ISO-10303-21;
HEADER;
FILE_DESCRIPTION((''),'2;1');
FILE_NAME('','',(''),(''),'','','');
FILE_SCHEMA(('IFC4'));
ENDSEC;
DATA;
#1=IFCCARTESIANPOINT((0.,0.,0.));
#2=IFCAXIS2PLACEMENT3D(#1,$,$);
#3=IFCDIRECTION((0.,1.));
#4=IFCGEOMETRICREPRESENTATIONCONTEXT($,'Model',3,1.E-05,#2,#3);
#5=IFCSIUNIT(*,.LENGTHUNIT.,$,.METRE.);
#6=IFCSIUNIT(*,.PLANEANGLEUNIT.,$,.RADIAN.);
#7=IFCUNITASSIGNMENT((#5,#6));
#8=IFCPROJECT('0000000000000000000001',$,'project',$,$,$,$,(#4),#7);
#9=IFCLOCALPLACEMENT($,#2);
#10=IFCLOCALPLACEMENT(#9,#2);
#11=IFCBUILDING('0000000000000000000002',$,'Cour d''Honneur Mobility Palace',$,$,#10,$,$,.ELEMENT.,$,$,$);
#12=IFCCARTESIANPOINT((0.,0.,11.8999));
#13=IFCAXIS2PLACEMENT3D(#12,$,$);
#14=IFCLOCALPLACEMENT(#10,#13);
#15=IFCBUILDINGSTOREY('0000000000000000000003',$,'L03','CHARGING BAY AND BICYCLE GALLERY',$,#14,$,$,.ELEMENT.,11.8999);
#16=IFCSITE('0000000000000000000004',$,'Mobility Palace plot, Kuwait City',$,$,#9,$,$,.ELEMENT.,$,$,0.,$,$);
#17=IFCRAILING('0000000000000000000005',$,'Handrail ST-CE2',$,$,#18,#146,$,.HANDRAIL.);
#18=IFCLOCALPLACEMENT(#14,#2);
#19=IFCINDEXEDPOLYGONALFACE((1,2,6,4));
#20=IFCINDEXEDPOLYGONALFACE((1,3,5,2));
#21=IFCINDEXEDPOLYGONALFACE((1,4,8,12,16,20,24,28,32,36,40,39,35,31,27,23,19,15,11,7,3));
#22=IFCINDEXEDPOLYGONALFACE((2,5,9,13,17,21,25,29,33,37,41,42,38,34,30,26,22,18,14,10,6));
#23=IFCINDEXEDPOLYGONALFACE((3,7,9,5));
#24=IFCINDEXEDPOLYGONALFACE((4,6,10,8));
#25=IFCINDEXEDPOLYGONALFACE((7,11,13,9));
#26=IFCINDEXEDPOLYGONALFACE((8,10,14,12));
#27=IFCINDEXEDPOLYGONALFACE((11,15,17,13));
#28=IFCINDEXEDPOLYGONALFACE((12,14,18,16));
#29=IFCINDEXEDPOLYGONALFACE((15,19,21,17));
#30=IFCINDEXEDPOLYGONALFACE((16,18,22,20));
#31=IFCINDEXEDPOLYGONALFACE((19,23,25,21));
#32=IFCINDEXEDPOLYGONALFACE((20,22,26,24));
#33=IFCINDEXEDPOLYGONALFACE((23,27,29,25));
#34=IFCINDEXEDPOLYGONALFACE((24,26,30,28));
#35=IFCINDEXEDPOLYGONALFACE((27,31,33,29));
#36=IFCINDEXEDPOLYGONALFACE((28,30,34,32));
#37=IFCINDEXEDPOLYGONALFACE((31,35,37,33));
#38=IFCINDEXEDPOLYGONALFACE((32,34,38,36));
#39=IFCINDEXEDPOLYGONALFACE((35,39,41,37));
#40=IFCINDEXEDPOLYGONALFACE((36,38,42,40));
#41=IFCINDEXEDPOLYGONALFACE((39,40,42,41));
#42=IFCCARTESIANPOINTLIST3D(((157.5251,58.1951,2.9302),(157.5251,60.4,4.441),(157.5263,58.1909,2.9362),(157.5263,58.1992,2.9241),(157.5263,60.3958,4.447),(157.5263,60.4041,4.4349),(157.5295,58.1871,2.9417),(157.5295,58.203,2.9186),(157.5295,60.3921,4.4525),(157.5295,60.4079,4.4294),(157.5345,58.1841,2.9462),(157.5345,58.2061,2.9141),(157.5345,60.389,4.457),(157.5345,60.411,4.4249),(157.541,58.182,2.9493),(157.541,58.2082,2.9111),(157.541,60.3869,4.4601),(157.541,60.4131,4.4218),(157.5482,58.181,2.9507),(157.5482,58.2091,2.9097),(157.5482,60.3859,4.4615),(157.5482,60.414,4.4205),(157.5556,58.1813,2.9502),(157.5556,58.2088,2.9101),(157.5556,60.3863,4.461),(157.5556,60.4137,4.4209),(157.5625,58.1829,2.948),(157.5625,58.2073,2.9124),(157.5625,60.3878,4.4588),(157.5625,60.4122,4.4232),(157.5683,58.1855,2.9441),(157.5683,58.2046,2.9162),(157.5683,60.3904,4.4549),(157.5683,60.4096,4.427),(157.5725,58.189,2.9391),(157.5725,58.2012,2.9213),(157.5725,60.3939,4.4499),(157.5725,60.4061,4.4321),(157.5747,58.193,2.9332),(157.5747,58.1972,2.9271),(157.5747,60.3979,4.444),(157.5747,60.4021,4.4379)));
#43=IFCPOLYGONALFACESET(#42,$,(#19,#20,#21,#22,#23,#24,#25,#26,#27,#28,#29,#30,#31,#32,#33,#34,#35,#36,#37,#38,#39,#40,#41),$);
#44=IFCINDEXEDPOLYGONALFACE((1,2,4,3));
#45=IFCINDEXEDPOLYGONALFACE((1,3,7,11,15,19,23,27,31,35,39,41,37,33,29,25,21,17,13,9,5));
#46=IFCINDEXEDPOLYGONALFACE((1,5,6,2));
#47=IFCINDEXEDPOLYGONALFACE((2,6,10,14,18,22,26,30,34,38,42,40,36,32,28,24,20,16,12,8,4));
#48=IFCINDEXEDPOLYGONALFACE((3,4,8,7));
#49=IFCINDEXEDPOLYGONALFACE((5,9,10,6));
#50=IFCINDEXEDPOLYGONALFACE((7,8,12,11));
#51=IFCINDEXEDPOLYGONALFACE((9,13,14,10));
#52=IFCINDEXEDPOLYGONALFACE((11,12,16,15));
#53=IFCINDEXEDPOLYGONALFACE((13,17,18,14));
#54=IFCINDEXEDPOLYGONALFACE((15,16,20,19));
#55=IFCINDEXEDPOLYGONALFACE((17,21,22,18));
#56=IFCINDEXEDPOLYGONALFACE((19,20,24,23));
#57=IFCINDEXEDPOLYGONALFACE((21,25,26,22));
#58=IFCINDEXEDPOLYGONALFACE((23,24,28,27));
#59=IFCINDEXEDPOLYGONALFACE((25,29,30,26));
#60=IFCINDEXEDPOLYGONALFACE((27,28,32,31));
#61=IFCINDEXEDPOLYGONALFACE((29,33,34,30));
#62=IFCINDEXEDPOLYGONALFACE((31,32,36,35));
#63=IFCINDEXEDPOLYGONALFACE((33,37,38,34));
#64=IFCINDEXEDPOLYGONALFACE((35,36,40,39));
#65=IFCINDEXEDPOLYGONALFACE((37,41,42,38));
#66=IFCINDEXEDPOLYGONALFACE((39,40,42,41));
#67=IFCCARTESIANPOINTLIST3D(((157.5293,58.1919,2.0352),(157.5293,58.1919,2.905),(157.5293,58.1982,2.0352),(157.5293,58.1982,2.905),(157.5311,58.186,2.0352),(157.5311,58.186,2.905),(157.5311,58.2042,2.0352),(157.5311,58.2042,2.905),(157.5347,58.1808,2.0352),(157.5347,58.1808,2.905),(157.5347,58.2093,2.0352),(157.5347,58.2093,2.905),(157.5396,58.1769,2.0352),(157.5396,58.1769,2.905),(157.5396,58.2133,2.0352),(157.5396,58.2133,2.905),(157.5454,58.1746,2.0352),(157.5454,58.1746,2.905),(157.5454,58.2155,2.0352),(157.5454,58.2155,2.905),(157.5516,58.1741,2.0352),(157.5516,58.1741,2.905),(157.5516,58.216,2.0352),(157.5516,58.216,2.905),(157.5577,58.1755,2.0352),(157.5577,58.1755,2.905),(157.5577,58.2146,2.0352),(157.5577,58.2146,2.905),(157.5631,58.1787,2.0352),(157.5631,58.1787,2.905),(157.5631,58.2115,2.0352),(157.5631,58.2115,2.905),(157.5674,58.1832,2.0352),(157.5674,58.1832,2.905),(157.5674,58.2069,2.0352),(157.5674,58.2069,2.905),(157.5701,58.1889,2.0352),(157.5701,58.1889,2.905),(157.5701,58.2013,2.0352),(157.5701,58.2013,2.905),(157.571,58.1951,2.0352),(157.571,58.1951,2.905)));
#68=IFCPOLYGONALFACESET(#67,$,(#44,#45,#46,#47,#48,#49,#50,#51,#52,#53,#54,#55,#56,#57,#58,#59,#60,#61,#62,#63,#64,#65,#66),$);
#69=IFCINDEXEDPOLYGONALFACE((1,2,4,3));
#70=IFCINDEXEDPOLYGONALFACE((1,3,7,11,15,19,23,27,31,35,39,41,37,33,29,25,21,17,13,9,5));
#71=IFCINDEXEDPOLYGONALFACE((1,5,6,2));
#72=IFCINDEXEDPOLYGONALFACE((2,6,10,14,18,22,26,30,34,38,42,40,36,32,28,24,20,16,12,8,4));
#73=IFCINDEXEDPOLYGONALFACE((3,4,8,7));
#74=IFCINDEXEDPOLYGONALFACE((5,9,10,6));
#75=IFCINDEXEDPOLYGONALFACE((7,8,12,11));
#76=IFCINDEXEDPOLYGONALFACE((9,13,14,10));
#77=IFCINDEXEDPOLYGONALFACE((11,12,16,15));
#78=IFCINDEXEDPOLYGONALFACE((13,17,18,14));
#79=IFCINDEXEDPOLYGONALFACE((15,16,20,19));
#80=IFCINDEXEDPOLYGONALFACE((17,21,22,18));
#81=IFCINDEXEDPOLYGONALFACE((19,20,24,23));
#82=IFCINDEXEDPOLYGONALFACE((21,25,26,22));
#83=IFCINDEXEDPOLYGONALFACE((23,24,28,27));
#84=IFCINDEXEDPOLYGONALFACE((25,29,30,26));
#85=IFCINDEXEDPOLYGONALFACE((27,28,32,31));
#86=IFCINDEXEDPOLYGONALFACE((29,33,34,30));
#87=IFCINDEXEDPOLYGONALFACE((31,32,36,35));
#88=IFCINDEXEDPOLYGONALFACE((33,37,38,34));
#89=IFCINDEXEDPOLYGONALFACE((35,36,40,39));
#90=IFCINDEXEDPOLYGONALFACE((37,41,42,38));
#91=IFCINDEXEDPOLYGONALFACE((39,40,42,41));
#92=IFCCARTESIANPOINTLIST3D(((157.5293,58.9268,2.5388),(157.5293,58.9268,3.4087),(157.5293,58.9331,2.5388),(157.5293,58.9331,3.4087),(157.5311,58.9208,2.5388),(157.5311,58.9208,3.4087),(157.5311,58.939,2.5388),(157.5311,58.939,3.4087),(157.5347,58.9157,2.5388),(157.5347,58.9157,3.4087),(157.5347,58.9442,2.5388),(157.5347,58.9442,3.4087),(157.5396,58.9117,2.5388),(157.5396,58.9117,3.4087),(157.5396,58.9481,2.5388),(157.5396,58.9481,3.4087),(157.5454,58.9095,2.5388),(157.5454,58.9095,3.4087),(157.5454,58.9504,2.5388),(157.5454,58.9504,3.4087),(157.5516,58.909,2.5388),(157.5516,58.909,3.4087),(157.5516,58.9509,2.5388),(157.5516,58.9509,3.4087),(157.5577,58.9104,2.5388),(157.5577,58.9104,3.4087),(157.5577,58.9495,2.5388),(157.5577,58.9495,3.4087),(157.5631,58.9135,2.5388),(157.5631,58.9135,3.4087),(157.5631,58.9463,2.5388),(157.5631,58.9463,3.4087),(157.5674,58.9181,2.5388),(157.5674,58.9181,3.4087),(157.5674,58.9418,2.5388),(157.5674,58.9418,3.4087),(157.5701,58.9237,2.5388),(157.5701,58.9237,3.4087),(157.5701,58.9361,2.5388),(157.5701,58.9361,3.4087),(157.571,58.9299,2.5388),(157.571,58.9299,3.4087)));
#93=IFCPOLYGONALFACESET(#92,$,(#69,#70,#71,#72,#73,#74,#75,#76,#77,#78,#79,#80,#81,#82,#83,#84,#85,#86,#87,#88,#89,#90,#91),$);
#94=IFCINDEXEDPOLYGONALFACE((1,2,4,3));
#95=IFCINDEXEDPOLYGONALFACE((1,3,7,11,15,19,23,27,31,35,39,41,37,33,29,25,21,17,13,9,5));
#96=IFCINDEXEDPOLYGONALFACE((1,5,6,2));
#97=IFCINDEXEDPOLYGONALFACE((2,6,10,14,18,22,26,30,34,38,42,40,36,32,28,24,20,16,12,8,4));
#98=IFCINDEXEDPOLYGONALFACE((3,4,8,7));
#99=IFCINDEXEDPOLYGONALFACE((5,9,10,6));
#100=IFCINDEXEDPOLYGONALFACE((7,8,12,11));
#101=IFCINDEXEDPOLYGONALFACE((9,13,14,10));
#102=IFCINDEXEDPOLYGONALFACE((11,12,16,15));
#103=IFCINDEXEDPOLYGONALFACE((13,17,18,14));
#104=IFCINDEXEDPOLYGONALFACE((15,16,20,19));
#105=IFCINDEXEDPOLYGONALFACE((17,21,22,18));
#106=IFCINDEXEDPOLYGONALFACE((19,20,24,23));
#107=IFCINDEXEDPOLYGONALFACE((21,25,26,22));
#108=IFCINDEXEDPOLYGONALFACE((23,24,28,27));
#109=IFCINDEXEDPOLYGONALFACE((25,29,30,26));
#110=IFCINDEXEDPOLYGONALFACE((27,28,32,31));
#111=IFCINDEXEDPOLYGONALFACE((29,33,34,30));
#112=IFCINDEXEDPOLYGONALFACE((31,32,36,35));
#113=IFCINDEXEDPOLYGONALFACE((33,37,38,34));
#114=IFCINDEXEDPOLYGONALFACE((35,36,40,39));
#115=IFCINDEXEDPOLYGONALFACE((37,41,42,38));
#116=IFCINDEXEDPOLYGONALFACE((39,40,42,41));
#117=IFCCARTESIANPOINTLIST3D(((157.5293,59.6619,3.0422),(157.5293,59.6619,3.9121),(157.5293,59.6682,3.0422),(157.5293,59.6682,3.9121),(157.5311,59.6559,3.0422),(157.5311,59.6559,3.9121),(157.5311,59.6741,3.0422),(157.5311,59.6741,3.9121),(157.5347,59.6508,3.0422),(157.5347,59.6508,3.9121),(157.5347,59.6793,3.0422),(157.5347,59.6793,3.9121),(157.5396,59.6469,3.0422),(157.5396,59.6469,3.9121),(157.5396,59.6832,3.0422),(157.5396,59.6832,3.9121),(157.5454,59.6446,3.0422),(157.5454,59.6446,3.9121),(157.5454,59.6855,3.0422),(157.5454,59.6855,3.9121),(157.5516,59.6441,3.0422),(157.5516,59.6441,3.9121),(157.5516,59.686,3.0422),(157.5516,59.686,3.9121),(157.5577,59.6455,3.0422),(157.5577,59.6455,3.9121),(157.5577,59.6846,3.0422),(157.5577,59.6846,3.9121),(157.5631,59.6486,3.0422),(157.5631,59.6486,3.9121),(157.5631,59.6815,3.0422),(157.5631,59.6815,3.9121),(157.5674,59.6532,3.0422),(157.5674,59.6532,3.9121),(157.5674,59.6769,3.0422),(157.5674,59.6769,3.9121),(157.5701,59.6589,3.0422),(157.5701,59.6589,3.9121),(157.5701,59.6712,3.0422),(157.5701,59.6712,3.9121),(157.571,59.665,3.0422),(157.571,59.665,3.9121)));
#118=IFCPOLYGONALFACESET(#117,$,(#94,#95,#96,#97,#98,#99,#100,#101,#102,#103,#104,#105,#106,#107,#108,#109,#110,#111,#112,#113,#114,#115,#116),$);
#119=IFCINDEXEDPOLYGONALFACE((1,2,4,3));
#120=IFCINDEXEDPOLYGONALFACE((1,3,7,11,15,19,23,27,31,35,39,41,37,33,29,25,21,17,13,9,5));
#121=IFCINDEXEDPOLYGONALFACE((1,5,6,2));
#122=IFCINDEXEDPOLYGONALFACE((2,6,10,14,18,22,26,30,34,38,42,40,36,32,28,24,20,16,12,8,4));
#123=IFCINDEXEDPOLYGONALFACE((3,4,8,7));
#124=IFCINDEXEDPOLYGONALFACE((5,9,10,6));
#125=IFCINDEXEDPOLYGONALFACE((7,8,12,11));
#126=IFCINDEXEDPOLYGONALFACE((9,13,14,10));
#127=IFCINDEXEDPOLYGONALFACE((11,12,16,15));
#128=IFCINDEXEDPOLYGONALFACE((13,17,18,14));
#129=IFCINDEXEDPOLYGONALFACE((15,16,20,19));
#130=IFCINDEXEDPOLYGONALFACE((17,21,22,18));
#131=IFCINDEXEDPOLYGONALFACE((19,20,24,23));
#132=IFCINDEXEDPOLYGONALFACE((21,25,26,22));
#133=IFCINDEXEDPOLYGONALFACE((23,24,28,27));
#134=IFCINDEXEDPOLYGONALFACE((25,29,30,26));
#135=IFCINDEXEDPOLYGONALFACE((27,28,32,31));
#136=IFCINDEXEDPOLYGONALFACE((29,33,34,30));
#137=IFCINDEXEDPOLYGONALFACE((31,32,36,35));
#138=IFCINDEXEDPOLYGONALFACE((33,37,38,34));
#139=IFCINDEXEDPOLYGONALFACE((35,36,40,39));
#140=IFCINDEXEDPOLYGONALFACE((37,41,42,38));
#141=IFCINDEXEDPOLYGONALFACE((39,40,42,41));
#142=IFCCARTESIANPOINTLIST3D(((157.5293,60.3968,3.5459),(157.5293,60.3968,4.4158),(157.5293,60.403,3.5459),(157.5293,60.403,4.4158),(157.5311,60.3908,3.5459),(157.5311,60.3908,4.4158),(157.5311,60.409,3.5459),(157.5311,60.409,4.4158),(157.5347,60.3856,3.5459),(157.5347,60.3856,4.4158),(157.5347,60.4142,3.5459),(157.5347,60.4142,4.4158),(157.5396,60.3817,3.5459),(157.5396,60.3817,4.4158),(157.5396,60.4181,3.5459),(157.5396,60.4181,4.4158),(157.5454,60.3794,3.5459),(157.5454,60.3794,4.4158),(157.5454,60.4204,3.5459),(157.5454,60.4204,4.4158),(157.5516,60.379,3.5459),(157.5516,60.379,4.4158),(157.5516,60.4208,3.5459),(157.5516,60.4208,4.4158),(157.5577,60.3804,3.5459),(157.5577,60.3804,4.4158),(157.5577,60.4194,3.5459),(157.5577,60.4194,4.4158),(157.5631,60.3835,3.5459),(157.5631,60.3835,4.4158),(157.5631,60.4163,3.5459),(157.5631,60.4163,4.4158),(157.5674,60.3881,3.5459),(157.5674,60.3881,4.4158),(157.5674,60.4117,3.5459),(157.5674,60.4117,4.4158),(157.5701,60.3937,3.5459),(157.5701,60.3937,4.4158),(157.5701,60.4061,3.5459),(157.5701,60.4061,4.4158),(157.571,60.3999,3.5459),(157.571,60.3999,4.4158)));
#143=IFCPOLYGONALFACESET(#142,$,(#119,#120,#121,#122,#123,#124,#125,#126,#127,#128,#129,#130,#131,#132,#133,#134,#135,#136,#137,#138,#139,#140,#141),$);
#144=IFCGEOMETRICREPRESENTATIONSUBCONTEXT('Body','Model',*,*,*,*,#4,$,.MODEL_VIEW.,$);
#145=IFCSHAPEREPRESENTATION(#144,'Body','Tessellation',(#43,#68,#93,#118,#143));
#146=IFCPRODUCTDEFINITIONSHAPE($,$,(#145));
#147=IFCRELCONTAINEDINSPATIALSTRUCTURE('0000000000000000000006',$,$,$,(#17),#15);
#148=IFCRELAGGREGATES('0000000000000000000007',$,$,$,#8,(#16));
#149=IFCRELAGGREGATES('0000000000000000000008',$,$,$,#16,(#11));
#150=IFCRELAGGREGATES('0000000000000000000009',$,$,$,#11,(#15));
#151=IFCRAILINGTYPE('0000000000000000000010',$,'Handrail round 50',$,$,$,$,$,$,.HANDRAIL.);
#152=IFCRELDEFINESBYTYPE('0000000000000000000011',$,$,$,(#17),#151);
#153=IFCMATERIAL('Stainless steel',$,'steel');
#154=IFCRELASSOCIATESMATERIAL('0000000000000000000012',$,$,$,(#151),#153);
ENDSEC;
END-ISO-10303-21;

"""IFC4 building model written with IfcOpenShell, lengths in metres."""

from ifc_helpers import new_model, si_unit, direction, frame, origin, origin_2d, place, context, subcontext, project, spatial, circle, extrude, material, type_object, element, save


model = new_model("IFC4")

# Units and contexts
model_context = context("Model", 3, precision=1e-05, world=origin(), true_north=direction((0.0, 1.0)))
body_context = subcontext(model_context, "Body", "Model", "MODEL_VIEW")
ifc_project = project(units=[si_unit("LENGTHUNIT", "METRE"), si_unit("PLANEANGLEUNIT", "RADIAN")], contexts=[model_context])

# Site, building, storey
site_placement = place(None, origin())
site = spatial("IfcSite", under=ifc_project, at=site_placement, Name="Mobility Palace plot, Kuwait City", CompositionType="ELEMENT", RefElevation=0.0)
building_placement = place(site_placement, origin())
building = spatial("IfcBuilding", under=site, at=building_placement, Name="Cour d'Honneur Mobility Palace", CompositionType="ELEMENT")
storey_placement = place(building_placement, frame((0.0, 0.0, 11.8999)))
storey = spatial("IfcBuildingStorey", under=building, at=storey_placement, Name="L03", Description="CHARGING BAY AND BICYCLE GALLERY", CompositionType="ELEMENT", Elevation=11.8999)

# Railing
ifc_material_1 = material(Name="Stainless steel", Category="steel")
railing_type_1 = type_object("IfcRailingType", Name="Handrail round 50", PredefinedType="HANDRAIL", material=ifc_material_1)
railing_1_placement = place(storey_placement, frame((157.55, 58.1951, 2.0352)))
element("IfcRailing", 1, at=railing_1_placement, inside=storey, type_object=railing_type_1, Name="Handrail ST-CE2", PredefinedType="HANDRAIL", context=body_context, shape_type="SweptSolid", body=[
    extrude(circle(Radius=0.0249, at=origin_2d()), frame((0.0, 0.0, 0.895), z_axis=(0.0, 0.824928, 0.565237), x_axis=(-1.0, 0.0, 0.0)), (0.0, 0.0, 1.0), 2.6729),
    extrude(circle(Radius=0.021, at=origin_2d()), origin(), (0.0, 0.0, 1.0), 0.8699),
    extrude(circle(Radius=0.021, at=origin_2d()), frame((0.0, 0.7349, 0.5037)), (0.0, 0.0, 1.0), 0.8699),
    extrude(circle(Radius=0.021, at=origin_2d()), frame((0.0, 1.47, 1.0071)), (0.0, 0.0, 1.0), 0.8699),
    extrude(circle(Radius=0.021, at=origin_2d()), frame((0.0, 2.2048, 1.5107)), (0.0, 0.0, 1.0), 0.8699),
])

save(model, "model.ifc")
